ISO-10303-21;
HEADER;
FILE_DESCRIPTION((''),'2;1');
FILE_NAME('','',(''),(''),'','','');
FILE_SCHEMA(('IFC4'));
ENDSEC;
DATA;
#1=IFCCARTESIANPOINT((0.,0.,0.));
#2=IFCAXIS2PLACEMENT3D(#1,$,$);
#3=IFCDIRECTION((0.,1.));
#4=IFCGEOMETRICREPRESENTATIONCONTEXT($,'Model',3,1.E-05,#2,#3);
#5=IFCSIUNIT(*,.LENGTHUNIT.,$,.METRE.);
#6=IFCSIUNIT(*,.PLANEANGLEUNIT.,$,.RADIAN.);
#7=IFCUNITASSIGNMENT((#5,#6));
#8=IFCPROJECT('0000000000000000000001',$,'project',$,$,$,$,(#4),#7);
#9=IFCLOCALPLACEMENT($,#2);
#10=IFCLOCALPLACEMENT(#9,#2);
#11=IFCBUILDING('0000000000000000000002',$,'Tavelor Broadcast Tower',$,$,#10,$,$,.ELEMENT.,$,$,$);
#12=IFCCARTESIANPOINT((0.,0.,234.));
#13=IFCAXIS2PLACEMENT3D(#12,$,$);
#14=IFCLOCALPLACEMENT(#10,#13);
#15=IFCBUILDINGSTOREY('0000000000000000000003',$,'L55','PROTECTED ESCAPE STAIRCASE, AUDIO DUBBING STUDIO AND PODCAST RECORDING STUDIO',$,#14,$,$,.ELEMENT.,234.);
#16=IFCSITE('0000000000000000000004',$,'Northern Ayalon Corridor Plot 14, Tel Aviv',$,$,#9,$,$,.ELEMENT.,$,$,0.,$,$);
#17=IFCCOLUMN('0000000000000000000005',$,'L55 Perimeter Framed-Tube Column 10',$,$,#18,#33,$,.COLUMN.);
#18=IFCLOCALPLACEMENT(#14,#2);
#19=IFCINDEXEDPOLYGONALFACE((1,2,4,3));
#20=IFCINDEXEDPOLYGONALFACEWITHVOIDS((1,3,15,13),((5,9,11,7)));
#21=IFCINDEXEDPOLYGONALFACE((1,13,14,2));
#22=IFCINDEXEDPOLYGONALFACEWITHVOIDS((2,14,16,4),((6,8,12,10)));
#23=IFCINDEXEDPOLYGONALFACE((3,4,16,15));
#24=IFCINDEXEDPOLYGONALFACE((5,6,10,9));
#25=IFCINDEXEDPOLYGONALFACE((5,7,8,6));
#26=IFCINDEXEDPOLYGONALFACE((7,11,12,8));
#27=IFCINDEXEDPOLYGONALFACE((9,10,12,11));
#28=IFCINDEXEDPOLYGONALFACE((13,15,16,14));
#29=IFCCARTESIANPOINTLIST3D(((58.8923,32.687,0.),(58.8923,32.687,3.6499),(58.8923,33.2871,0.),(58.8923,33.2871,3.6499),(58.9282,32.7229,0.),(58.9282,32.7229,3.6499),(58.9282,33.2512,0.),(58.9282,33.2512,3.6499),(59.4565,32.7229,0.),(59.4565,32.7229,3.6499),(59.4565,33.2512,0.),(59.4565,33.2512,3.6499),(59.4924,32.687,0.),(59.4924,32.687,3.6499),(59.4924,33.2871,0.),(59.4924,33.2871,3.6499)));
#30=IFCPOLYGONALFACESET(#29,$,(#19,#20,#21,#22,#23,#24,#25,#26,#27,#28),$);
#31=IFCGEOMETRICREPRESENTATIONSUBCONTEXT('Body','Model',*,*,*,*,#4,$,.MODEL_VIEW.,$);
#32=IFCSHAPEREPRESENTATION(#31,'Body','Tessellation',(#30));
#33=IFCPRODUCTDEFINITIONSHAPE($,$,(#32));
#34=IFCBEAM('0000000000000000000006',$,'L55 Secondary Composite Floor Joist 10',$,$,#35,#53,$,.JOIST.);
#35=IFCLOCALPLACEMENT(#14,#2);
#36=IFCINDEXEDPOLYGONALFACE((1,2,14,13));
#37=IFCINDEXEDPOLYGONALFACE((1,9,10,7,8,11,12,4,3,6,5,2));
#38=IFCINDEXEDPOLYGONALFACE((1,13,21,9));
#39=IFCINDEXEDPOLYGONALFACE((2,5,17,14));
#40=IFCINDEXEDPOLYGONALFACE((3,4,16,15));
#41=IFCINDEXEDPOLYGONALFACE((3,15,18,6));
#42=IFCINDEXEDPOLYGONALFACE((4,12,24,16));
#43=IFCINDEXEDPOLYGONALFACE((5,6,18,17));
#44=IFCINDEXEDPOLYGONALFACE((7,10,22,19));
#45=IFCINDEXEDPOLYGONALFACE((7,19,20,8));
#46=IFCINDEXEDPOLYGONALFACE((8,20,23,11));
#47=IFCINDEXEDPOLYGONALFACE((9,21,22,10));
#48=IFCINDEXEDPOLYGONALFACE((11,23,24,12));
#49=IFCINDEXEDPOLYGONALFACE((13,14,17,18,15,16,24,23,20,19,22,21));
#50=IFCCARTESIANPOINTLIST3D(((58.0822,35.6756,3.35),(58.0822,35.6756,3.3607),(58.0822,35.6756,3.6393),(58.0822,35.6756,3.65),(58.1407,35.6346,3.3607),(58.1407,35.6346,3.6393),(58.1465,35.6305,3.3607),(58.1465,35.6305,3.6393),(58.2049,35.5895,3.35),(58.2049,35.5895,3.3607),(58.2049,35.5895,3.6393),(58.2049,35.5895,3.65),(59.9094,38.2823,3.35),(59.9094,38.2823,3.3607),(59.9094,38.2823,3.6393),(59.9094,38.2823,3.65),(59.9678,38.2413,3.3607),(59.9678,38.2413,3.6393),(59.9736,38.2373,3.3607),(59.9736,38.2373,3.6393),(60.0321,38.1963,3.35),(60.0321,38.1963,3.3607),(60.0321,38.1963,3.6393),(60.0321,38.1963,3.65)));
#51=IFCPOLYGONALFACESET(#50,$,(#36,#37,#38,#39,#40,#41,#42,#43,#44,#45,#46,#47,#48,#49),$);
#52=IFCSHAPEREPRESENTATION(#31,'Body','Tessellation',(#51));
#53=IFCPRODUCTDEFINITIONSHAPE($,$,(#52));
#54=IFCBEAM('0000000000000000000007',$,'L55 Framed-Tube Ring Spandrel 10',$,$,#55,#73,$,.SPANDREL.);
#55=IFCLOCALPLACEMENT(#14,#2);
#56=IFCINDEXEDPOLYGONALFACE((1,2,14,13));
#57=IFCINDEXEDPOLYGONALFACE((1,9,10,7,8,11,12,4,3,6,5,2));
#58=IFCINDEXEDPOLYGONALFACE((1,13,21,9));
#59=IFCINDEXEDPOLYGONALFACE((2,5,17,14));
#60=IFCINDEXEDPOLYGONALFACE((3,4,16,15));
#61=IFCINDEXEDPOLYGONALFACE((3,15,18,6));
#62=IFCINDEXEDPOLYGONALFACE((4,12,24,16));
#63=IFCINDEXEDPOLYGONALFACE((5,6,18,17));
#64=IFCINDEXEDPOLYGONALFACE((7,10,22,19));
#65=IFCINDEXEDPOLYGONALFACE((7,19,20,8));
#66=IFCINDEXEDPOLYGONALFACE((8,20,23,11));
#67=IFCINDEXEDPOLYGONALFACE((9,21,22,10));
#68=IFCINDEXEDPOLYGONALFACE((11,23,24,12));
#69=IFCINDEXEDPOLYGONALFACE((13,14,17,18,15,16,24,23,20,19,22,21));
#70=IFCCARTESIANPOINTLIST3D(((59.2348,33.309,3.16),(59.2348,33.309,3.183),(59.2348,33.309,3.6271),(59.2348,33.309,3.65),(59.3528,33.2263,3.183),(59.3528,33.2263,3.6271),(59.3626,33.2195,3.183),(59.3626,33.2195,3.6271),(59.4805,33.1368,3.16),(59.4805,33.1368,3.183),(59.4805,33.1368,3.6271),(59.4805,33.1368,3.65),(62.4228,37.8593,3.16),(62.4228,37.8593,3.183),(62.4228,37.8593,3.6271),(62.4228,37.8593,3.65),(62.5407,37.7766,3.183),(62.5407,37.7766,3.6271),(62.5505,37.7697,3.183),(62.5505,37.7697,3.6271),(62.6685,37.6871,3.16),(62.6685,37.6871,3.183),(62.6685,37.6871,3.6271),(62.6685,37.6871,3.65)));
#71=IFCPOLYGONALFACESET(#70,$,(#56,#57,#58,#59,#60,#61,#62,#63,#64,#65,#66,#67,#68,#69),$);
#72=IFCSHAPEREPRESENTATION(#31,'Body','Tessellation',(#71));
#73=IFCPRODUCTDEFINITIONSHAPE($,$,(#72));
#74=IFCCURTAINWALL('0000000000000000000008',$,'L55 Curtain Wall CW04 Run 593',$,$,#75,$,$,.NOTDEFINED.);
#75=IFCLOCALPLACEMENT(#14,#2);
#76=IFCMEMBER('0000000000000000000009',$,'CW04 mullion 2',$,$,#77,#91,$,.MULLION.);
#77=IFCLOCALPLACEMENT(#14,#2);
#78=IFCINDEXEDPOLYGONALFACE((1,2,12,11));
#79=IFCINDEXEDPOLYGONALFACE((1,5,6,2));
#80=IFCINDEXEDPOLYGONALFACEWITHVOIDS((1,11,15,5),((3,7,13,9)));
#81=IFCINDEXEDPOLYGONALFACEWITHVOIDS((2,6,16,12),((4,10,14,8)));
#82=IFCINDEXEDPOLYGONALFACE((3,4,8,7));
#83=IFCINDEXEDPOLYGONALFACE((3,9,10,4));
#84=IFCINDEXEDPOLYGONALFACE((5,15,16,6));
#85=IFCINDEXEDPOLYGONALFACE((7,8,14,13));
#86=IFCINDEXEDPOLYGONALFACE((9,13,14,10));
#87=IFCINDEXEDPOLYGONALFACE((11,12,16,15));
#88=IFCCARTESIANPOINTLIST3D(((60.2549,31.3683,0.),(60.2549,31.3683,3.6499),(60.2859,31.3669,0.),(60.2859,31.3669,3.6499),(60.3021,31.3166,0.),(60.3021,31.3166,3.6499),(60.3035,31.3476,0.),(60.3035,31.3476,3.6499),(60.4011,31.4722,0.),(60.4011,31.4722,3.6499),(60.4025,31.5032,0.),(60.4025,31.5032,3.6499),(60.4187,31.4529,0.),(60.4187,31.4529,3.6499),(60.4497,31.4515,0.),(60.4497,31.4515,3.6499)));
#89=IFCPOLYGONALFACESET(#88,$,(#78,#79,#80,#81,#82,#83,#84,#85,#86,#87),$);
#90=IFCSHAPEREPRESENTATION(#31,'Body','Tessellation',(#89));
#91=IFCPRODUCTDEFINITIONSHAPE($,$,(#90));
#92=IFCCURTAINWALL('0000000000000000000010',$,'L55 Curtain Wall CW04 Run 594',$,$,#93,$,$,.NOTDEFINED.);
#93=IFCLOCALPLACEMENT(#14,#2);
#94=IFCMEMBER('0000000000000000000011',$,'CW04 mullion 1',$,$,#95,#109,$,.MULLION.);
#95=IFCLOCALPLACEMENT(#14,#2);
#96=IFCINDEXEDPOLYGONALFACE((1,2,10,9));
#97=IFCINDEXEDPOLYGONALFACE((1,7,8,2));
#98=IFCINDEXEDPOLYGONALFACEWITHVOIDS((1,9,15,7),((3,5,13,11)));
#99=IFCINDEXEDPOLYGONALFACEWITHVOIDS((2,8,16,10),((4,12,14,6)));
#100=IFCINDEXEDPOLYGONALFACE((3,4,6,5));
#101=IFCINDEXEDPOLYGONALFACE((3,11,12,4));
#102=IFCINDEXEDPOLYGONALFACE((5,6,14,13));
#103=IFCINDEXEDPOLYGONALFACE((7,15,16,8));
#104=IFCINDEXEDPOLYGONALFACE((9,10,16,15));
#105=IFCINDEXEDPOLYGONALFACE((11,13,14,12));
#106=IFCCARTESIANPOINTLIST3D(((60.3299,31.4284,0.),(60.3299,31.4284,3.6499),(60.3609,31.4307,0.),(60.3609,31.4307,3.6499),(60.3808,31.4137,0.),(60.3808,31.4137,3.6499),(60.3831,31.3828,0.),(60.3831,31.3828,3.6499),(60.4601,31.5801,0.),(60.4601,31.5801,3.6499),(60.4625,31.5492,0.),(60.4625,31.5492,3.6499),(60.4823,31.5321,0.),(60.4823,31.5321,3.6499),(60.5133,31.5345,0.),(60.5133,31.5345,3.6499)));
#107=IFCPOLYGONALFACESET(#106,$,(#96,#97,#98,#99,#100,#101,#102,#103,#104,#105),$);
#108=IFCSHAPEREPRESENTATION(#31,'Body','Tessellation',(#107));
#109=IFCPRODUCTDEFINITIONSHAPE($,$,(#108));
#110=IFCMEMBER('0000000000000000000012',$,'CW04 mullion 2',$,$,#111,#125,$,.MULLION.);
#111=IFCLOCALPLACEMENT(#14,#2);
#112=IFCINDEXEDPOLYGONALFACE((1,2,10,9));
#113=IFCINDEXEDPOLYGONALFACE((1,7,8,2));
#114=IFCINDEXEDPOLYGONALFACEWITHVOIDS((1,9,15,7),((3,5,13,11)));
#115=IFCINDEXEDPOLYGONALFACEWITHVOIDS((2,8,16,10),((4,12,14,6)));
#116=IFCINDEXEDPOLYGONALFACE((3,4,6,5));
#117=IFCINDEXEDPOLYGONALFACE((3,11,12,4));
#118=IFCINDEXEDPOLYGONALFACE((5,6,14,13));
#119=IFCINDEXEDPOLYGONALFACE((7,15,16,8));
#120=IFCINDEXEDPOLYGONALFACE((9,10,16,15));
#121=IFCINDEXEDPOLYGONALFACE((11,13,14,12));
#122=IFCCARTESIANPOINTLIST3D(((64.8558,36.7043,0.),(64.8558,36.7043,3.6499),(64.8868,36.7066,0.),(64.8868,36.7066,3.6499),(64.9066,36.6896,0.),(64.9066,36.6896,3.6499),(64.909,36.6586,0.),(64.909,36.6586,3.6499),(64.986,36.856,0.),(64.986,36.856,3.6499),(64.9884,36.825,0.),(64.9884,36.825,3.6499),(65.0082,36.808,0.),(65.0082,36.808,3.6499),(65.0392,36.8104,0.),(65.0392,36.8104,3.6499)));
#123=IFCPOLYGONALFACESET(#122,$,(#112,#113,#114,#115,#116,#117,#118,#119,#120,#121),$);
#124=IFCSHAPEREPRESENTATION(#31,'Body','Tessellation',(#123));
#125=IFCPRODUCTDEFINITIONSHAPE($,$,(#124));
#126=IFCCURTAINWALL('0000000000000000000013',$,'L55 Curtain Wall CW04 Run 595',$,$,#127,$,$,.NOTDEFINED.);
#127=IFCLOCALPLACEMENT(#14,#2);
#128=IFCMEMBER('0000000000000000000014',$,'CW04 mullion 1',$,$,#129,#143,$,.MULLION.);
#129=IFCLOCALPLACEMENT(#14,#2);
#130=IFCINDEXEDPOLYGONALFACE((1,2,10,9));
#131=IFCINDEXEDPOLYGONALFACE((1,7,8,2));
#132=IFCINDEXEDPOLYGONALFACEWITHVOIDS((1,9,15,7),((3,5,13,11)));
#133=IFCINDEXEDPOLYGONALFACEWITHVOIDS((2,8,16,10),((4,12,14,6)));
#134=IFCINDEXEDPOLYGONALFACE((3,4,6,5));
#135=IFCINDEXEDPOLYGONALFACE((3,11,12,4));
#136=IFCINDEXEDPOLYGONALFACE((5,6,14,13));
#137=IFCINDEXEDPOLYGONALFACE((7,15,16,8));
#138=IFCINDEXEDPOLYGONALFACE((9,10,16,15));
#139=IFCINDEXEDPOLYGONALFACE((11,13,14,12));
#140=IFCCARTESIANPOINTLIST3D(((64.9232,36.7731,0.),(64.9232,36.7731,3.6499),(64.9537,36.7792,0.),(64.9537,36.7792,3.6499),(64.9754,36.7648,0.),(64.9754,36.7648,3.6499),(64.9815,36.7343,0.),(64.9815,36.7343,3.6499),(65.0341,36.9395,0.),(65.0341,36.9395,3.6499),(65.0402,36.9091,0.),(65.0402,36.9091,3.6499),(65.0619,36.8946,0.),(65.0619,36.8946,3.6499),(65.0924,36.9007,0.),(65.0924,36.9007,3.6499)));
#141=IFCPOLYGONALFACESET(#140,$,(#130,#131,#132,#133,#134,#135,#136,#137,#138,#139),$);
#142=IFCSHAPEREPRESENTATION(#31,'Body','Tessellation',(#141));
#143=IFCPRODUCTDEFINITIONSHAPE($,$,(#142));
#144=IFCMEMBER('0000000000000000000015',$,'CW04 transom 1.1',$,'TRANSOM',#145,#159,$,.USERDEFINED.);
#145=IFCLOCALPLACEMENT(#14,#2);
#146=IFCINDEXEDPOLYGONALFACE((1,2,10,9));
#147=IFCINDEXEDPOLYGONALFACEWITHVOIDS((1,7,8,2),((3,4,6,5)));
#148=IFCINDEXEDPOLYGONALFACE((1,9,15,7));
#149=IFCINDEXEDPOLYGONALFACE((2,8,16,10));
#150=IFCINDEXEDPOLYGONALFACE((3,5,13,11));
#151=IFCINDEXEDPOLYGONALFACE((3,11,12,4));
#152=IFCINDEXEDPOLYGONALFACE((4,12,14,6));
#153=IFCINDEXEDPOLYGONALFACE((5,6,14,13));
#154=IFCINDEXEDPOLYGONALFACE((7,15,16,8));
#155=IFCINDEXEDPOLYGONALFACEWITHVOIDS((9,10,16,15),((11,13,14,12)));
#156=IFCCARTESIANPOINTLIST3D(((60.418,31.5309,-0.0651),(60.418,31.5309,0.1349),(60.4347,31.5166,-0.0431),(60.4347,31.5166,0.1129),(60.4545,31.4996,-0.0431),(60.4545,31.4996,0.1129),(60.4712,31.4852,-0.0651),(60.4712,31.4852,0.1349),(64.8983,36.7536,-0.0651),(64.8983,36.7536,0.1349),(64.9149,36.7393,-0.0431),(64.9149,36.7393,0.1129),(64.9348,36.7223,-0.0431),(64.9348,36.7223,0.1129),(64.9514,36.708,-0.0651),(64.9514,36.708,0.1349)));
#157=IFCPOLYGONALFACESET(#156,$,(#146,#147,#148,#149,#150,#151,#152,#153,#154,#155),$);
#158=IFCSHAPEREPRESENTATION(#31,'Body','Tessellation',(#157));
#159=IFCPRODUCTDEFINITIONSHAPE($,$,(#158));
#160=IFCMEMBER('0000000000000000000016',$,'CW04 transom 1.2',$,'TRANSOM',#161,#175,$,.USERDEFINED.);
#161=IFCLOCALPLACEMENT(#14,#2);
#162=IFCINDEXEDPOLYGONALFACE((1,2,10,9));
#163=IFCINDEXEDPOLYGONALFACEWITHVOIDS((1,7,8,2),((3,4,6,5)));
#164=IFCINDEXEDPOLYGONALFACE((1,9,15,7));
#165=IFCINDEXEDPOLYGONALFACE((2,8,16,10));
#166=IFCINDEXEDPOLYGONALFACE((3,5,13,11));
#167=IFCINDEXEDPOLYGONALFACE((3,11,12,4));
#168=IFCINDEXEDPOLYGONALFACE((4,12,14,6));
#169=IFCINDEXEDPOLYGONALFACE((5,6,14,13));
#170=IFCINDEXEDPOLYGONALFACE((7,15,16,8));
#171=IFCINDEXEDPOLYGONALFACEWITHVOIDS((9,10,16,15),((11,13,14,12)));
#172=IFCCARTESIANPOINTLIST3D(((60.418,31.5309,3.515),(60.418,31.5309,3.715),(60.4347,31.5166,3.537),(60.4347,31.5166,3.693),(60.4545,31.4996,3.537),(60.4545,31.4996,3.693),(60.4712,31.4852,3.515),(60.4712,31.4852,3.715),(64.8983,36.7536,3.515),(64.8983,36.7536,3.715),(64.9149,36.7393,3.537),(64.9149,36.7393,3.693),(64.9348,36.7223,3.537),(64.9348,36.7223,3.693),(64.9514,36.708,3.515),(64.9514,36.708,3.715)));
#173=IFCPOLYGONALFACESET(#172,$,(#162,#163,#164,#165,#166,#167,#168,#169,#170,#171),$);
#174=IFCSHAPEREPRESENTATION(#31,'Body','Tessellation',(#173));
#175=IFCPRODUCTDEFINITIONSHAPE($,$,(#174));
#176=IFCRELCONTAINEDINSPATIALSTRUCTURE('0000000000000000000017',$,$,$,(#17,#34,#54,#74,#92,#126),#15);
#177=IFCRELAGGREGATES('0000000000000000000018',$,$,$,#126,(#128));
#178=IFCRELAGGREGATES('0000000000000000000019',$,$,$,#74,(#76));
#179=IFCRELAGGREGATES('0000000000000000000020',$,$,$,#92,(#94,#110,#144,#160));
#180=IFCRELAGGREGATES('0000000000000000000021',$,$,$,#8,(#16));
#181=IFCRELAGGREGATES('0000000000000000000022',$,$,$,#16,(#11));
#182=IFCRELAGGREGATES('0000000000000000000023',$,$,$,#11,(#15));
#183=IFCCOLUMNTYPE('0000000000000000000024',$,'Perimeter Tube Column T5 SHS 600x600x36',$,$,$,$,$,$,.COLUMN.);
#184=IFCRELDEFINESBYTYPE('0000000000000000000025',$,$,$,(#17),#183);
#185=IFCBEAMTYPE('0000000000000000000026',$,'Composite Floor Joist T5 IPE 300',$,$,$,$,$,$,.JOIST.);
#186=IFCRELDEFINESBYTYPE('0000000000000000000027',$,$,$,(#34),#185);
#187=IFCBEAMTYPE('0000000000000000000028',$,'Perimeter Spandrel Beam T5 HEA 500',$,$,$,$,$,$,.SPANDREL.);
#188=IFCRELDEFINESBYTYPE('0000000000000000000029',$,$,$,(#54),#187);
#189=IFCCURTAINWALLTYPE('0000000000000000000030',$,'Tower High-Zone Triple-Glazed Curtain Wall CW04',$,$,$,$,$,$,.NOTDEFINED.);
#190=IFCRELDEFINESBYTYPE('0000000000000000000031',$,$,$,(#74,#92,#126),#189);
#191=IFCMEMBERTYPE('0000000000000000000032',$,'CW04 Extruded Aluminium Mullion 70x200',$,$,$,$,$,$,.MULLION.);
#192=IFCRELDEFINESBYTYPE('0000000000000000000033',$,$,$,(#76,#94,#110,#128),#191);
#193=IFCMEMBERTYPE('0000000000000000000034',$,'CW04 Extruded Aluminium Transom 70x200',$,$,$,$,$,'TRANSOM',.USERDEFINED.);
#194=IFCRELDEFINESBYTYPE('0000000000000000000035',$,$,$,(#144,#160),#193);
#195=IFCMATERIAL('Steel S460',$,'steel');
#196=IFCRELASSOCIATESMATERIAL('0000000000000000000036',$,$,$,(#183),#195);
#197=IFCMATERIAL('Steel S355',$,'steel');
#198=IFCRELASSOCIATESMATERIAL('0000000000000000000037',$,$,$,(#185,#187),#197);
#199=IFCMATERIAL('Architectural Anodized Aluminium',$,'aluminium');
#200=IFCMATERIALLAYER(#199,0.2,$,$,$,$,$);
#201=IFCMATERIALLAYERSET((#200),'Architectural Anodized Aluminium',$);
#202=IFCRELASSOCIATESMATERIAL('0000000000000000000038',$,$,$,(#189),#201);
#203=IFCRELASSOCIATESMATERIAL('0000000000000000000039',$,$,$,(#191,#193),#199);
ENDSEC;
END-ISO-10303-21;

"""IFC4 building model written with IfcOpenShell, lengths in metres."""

from ifc_helpers import new_model, si_unit, direction, frame, origin, origin_2d, place, context, subcontext, project, spatial, hollow_rectangle, i_section, extrude, source, transform, mapped, material, layer, layer_set, material_profile, profile_set, type_object, type_shapes, element, aggregate, save


model = new_model("IFC4")

# Units and contexts
model_context = context("Model", 3, precision=1e-05, world=origin(), true_north=direction((0.0, 1.0)))
body_context = subcontext(model_context, "Body", "Model", "MODEL_VIEW")
ifc_project = project(units=[si_unit("LENGTHUNIT", "METRE"), si_unit("PLANEANGLEUNIT", "RADIAN")], contexts=[model_context])

# Site, building, storey
site_placement = place(None, origin())
site = spatial("IfcSite", under=ifc_project, at=site_placement, Name="Northern Ayalon Corridor Plot 14, Tel Aviv", CompositionType="ELEMENT", RefElevation=0.0)
building_placement = place(site_placement, origin())
building = spatial("IfcBuilding", under=site, at=building_placement, Name="Tavelor Broadcast Tower", CompositionType="ELEMENT")
storey_placement = place(building_placement, frame((0.0, 0.0, 234.0)))
storey = spatial("IfcBuildingStorey", under=building, at=storey_placement, Name="L55", Description="PROTECTED ESCAPE STAIRCASE, AUDIO DUBBING STUDIO AND PODCAST RECORDING STUDIO", CompositionType="ELEMENT", Elevation=234.0)

# Column
ifc_material_1 = material(Name="Steel S460", Category="steel")
ifc_material_profile_1 = material_profile(ifc_material_1, hollow_rectangle(XDim=0.6001, YDim=0.6001, WallThickness=0.0359, at=origin_2d()), Name="SHS 600x600x36")
ifc_profile_set_1 = profile_set([ifc_material_profile_1], Name="Steel S460")
column_type = type_object("IfcColumnType", Name="Perimeter Tube Column T5 SHS 600x600x36", PredefinedType="COLUMN", material=ifc_profile_set_1)
column_placement = place(storey_placement, frame((59.1924, 32.9871, 0.0), z_axis=(0.0, 0.0, 1.0), x_axis=(1.0, 0.0, 0.0)))
element("IfcColumn", 1, at=column_placement, inside=storey, type_object=column_type, Name="L55 Perimeter Framed-Tube Column 10", PredefinedType="COLUMN", context=body_context, shape_type="SweptSolid", body=[
    extrude(hollow_rectangle(XDim=0.6001, YDim=0.6001, WallThickness=0.0359, at=origin_2d()), origin(), (0.0, 0.0, 1.0), 3.6499),
])

# Beams
ifc_material_2 = material(Name="Steel S355", Category="steel")
ifc_material_profile_2 = material_profile(ifc_material_2, i_section(OverallWidth=0.1499, OverallDepth=0.3, WebThickness=0.0071, FlangeThickness=0.0107, at=origin_2d()), Name="IPE 300")
ifc_profile_set_2 = profile_set([ifc_material_profile_2], Name="Steel S355")
beam_type_1 = type_object("IfcBeamType", Name="Composite Floor Joist T5 IPE 300", PredefinedType="JOIST", material=ifc_profile_set_2)
beam_1_placement = place(storey_placement, frame((58.1436, 35.6326, 3.5), z_axis=(0.573982, 0.818868, 0.0), x_axis=(-0.818868, 0.573982, 0.0)))
element("IfcBeam", 2, at=beam_1_placement, inside=storey, type_object=beam_type_1, Name="L55 Secondary Composite Floor Joist 10", PredefinedType="JOIST", context=body_context, shape_type="SweptSolid", body=[
    extrude(i_section(OverallWidth=0.1499, OverallDepth=0.3, WebThickness=0.0071, FlangeThickness=0.0107, at=origin_2d()), origin(), (0.0, 0.0, 1.0), 3.1833),
])
ifc_material_profile_3 = material_profile(ifc_material_2, i_section(OverallWidth=0.3, OverallDepth=0.49, WebThickness=0.012, FlangeThickness=0.0229, at=origin_2d()), Name="HEA 500")
ifc_profile_set_3 = profile_set([ifc_material_profile_3], Name="Steel S355")
beam_type_2 = type_object("IfcBeamType", Name="Perimeter Spandrel Beam T5 HEA 500", PredefinedType="SPANDREL", material=ifc_profile_set_3)
beam_2_placement = place(storey_placement, frame((59.3577, 33.2229, 3.405), z_axis=(0.573798, 0.818997, 0.0), x_axis=(-0.818997, 0.573798, 0.0)))
element("IfcBeam", 3, at=beam_2_placement, inside=storey, type_object=beam_type_2, Name="L55 Framed-Tube Ring Spandrel 10", PredefinedType="SPANDREL", context=body_context, shape_type="SweptSolid", body=[
    extrude(i_section(OverallWidth=0.3, OverallDepth=0.49, WebThickness=0.012, FlangeThickness=0.0229, at=origin_2d()), origin(), (0.0, 0.0, 1.0), 5.5559),
])

# Curtain wall, member
ifc_material_3 = material(Name="Architectural Anodized Aluminium", Category="aluminium")
ifc_layer_1 = layer(ifc_material_3, 0.2)
ifc_layer_set_1 = layer_set([ifc_layer_1], Name="Architectural Anodized Aluminium")
curtain_wall_type = type_object("IfcCurtainWallType", Name="Tower High-Zone Triple-Glazed Curtain Wall CW04", PredefinedType="NOTDEFINED", material=ifc_layer_set_1)
curtain_wall_1_placement = place(storey_placement, origin())
curtain_wall_1 = element("IfcCurtainWall", 4, at=curtain_wall_1_placement, inside=storey, type_object=curtain_wall_type, Name="L55 Curtain Wall CW04 Run 593", PredefinedType="NOTDEFINED")
ifc_material_profile_4 = material_profile(ifc_material_3, hollow_rectangle(XDim=0.0701, YDim=0.2, WallThickness=0.022, at=origin_2d()), Name="RHS 70x200x22")
ifc_profile_set_4 = profile_set([ifc_material_profile_4], Name="Architectural Anodized Aluminium")
member_type_1 = type_object("IfcMemberType", Name="CW04 Extruded Aluminium Mullion 70x200", PredefinedType="MULLION", material=ifc_profile_set_4)
shared_shape_1 = source(origin(), body_context, "Body", "SweptSolid", [
    extrude(hollow_rectangle(XDim=0.0701, YDim=0.2, WallThickness=0.022, at=origin_2d()), origin(), (0.0, 0.0, 1.0), 3.6499),
])
type_shapes(member_type_1, [shared_shape_1])
member_1_placement = place(storey_placement, frame((60.3523, 31.4099, 0.0), z_axis=(0.0, 0.0, 1.0), x_axis=(-0.674621, 0.738164, 0.0)))
member_1 = element("IfcMember", 5, at=member_1_placement, type_object=member_type_1, Name="CW04 mullion 2", PredefinedType="MULLION", context=body_context, shape_type="MappedRepresentation", body=[
    mapped(shared_shape_1, transform((0.0, 0.0, 0.0), scale=1.0)),
])

# Curtain wall, members
curtain_wall_2_placement = place(storey_placement, origin())
curtain_wall_2 = element("IfcCurtainWall", 6, at=curtain_wall_2_placement, inside=storey, type_object=curtain_wall_type, Name="L55 Curtain Wall CW04 Run 594", PredefinedType="NOTDEFINED")
member_2_placement = place(storey_placement, frame((60.4216, 31.4814, 0.0), z_axis=(0.0, 0.0, 1.0), x_axis=(-0.758985, 0.651108, 0.0)))
member_2 = element("IfcMember", 7, at=member_2_placement, type_object=member_type_1, Name="CW04 mullion 1", PredefinedType="MULLION", context=body_context, shape_type="MappedRepresentation", body=[
    mapped(shared_shape_1, transform((0.0, 0.0, 0.0), scale=1.0)),
])
member_3_placement = place(storey_placement, frame((64.9475, 36.7573, 0.0), z_axis=(0.0, 0.0, 1.0), x_axis=(-0.758985, 0.651108, 0.0)))
member_3 = element("IfcMember", 8, at=member_3_placement, type_object=member_type_1, Name="CW04 mullion 2", PredefinedType="MULLION", context=body_context, shape_type="MappedRepresentation", body=[
    mapped(shared_shape_1, transform((0.0, 0.0, 0.0), scale=1.0)),
])

# Curtain wall, member
curtain_wall_3_placement = place(storey_placement, origin())
curtain_wall_3 = element("IfcCurtainWall", 9, at=curtain_wall_3_placement, inside=storey, type_object=curtain_wall_type, Name="L55 Curtain Wall CW04 Run 595", PredefinedType="NOTDEFINED")
member_4_placement = place(storey_placement, frame((65.0078, 36.8369, 0.0), z_axis=(0.0, 0.0, 1.0), x_axis=(-0.832204, 0.55447, 0.0)))
member_4 = element("IfcMember", 10, at=member_4_placement, type_object=member_type_1, Name="CW04 mullion 1", PredefinedType="MULLION", context=body_context, shape_type="MappedRepresentation", body=[
    mapped(shared_shape_1, transform((0.0, 0.0, 0.0), scale=1.0)),
])

# Members
ifc_material_profile_5 = material_profile(ifc_material_3, hollow_rectangle(XDim=0.0701, YDim=0.2, WallThickness=0.022, at=origin_2d()), Name="RHS 70x200x22")
ifc_profile_set_5 = profile_set([ifc_material_profile_5], Name="Architectural Anodized Aluminium")
member_type_2 = type_object("IfcMemberType", Name="CW04 Extruded Aluminium Transom 70x200", ElementType="TRANSOM", PredefinedType="USERDEFINED", material=ifc_profile_set_5)
shared_shape_2 = source(origin(), body_context, "Body", "SweptSolid", [
    extrude(hollow_rectangle(XDim=0.0701, YDim=0.2, WallThickness=0.022, at=origin_2d()), origin(), (0.0, 0.0, 1.0), 6.8811),
])
type_shapes(member_type_2, [shared_shape_2])
member_5_placement = place(storey_placement, frame((60.4446, 31.5081, 0.0349), z_axis=(0.651098, 0.758994, 0.0), x_axis=(-0.758994, 0.651098, 0.0)))
member_5 = element("IfcMember", 11, at=member_5_placement, type_object=member_type_2, Name="CW04 transom 1.1", ObjectType="TRANSOM", PredefinedType="USERDEFINED", context=body_context, shape_type="MappedRepresentation", body=[
    mapped(shared_shape_2, transform((0.0, 0.0, 0.0), scale=1.0)),
])
member_6_placement = place(storey_placement, frame((60.4446, 31.5081, 3.615), z_axis=(0.651098, 0.758994, 0.0), x_axis=(-0.758994, 0.651098, 0.0)))
member_6 = element("IfcMember", 12, at=member_6_placement, type_object=member_type_2, Name="CW04 transom 1.2", ObjectType="TRANSOM", PredefinedType="USERDEFINED", context=body_context, shape_type="MappedRepresentation", body=[
    mapped(shared_shape_2, transform((0.0, 0.0, 0.0), scale=1.0)),
])
aggregate(curtain_wall_3, [member_4])

aggregate(curtain_wall_1, [member_1])
aggregate(curtain_wall_2, [member_2, member_3, member_5, member_6])

save(model, "model.ifc")
